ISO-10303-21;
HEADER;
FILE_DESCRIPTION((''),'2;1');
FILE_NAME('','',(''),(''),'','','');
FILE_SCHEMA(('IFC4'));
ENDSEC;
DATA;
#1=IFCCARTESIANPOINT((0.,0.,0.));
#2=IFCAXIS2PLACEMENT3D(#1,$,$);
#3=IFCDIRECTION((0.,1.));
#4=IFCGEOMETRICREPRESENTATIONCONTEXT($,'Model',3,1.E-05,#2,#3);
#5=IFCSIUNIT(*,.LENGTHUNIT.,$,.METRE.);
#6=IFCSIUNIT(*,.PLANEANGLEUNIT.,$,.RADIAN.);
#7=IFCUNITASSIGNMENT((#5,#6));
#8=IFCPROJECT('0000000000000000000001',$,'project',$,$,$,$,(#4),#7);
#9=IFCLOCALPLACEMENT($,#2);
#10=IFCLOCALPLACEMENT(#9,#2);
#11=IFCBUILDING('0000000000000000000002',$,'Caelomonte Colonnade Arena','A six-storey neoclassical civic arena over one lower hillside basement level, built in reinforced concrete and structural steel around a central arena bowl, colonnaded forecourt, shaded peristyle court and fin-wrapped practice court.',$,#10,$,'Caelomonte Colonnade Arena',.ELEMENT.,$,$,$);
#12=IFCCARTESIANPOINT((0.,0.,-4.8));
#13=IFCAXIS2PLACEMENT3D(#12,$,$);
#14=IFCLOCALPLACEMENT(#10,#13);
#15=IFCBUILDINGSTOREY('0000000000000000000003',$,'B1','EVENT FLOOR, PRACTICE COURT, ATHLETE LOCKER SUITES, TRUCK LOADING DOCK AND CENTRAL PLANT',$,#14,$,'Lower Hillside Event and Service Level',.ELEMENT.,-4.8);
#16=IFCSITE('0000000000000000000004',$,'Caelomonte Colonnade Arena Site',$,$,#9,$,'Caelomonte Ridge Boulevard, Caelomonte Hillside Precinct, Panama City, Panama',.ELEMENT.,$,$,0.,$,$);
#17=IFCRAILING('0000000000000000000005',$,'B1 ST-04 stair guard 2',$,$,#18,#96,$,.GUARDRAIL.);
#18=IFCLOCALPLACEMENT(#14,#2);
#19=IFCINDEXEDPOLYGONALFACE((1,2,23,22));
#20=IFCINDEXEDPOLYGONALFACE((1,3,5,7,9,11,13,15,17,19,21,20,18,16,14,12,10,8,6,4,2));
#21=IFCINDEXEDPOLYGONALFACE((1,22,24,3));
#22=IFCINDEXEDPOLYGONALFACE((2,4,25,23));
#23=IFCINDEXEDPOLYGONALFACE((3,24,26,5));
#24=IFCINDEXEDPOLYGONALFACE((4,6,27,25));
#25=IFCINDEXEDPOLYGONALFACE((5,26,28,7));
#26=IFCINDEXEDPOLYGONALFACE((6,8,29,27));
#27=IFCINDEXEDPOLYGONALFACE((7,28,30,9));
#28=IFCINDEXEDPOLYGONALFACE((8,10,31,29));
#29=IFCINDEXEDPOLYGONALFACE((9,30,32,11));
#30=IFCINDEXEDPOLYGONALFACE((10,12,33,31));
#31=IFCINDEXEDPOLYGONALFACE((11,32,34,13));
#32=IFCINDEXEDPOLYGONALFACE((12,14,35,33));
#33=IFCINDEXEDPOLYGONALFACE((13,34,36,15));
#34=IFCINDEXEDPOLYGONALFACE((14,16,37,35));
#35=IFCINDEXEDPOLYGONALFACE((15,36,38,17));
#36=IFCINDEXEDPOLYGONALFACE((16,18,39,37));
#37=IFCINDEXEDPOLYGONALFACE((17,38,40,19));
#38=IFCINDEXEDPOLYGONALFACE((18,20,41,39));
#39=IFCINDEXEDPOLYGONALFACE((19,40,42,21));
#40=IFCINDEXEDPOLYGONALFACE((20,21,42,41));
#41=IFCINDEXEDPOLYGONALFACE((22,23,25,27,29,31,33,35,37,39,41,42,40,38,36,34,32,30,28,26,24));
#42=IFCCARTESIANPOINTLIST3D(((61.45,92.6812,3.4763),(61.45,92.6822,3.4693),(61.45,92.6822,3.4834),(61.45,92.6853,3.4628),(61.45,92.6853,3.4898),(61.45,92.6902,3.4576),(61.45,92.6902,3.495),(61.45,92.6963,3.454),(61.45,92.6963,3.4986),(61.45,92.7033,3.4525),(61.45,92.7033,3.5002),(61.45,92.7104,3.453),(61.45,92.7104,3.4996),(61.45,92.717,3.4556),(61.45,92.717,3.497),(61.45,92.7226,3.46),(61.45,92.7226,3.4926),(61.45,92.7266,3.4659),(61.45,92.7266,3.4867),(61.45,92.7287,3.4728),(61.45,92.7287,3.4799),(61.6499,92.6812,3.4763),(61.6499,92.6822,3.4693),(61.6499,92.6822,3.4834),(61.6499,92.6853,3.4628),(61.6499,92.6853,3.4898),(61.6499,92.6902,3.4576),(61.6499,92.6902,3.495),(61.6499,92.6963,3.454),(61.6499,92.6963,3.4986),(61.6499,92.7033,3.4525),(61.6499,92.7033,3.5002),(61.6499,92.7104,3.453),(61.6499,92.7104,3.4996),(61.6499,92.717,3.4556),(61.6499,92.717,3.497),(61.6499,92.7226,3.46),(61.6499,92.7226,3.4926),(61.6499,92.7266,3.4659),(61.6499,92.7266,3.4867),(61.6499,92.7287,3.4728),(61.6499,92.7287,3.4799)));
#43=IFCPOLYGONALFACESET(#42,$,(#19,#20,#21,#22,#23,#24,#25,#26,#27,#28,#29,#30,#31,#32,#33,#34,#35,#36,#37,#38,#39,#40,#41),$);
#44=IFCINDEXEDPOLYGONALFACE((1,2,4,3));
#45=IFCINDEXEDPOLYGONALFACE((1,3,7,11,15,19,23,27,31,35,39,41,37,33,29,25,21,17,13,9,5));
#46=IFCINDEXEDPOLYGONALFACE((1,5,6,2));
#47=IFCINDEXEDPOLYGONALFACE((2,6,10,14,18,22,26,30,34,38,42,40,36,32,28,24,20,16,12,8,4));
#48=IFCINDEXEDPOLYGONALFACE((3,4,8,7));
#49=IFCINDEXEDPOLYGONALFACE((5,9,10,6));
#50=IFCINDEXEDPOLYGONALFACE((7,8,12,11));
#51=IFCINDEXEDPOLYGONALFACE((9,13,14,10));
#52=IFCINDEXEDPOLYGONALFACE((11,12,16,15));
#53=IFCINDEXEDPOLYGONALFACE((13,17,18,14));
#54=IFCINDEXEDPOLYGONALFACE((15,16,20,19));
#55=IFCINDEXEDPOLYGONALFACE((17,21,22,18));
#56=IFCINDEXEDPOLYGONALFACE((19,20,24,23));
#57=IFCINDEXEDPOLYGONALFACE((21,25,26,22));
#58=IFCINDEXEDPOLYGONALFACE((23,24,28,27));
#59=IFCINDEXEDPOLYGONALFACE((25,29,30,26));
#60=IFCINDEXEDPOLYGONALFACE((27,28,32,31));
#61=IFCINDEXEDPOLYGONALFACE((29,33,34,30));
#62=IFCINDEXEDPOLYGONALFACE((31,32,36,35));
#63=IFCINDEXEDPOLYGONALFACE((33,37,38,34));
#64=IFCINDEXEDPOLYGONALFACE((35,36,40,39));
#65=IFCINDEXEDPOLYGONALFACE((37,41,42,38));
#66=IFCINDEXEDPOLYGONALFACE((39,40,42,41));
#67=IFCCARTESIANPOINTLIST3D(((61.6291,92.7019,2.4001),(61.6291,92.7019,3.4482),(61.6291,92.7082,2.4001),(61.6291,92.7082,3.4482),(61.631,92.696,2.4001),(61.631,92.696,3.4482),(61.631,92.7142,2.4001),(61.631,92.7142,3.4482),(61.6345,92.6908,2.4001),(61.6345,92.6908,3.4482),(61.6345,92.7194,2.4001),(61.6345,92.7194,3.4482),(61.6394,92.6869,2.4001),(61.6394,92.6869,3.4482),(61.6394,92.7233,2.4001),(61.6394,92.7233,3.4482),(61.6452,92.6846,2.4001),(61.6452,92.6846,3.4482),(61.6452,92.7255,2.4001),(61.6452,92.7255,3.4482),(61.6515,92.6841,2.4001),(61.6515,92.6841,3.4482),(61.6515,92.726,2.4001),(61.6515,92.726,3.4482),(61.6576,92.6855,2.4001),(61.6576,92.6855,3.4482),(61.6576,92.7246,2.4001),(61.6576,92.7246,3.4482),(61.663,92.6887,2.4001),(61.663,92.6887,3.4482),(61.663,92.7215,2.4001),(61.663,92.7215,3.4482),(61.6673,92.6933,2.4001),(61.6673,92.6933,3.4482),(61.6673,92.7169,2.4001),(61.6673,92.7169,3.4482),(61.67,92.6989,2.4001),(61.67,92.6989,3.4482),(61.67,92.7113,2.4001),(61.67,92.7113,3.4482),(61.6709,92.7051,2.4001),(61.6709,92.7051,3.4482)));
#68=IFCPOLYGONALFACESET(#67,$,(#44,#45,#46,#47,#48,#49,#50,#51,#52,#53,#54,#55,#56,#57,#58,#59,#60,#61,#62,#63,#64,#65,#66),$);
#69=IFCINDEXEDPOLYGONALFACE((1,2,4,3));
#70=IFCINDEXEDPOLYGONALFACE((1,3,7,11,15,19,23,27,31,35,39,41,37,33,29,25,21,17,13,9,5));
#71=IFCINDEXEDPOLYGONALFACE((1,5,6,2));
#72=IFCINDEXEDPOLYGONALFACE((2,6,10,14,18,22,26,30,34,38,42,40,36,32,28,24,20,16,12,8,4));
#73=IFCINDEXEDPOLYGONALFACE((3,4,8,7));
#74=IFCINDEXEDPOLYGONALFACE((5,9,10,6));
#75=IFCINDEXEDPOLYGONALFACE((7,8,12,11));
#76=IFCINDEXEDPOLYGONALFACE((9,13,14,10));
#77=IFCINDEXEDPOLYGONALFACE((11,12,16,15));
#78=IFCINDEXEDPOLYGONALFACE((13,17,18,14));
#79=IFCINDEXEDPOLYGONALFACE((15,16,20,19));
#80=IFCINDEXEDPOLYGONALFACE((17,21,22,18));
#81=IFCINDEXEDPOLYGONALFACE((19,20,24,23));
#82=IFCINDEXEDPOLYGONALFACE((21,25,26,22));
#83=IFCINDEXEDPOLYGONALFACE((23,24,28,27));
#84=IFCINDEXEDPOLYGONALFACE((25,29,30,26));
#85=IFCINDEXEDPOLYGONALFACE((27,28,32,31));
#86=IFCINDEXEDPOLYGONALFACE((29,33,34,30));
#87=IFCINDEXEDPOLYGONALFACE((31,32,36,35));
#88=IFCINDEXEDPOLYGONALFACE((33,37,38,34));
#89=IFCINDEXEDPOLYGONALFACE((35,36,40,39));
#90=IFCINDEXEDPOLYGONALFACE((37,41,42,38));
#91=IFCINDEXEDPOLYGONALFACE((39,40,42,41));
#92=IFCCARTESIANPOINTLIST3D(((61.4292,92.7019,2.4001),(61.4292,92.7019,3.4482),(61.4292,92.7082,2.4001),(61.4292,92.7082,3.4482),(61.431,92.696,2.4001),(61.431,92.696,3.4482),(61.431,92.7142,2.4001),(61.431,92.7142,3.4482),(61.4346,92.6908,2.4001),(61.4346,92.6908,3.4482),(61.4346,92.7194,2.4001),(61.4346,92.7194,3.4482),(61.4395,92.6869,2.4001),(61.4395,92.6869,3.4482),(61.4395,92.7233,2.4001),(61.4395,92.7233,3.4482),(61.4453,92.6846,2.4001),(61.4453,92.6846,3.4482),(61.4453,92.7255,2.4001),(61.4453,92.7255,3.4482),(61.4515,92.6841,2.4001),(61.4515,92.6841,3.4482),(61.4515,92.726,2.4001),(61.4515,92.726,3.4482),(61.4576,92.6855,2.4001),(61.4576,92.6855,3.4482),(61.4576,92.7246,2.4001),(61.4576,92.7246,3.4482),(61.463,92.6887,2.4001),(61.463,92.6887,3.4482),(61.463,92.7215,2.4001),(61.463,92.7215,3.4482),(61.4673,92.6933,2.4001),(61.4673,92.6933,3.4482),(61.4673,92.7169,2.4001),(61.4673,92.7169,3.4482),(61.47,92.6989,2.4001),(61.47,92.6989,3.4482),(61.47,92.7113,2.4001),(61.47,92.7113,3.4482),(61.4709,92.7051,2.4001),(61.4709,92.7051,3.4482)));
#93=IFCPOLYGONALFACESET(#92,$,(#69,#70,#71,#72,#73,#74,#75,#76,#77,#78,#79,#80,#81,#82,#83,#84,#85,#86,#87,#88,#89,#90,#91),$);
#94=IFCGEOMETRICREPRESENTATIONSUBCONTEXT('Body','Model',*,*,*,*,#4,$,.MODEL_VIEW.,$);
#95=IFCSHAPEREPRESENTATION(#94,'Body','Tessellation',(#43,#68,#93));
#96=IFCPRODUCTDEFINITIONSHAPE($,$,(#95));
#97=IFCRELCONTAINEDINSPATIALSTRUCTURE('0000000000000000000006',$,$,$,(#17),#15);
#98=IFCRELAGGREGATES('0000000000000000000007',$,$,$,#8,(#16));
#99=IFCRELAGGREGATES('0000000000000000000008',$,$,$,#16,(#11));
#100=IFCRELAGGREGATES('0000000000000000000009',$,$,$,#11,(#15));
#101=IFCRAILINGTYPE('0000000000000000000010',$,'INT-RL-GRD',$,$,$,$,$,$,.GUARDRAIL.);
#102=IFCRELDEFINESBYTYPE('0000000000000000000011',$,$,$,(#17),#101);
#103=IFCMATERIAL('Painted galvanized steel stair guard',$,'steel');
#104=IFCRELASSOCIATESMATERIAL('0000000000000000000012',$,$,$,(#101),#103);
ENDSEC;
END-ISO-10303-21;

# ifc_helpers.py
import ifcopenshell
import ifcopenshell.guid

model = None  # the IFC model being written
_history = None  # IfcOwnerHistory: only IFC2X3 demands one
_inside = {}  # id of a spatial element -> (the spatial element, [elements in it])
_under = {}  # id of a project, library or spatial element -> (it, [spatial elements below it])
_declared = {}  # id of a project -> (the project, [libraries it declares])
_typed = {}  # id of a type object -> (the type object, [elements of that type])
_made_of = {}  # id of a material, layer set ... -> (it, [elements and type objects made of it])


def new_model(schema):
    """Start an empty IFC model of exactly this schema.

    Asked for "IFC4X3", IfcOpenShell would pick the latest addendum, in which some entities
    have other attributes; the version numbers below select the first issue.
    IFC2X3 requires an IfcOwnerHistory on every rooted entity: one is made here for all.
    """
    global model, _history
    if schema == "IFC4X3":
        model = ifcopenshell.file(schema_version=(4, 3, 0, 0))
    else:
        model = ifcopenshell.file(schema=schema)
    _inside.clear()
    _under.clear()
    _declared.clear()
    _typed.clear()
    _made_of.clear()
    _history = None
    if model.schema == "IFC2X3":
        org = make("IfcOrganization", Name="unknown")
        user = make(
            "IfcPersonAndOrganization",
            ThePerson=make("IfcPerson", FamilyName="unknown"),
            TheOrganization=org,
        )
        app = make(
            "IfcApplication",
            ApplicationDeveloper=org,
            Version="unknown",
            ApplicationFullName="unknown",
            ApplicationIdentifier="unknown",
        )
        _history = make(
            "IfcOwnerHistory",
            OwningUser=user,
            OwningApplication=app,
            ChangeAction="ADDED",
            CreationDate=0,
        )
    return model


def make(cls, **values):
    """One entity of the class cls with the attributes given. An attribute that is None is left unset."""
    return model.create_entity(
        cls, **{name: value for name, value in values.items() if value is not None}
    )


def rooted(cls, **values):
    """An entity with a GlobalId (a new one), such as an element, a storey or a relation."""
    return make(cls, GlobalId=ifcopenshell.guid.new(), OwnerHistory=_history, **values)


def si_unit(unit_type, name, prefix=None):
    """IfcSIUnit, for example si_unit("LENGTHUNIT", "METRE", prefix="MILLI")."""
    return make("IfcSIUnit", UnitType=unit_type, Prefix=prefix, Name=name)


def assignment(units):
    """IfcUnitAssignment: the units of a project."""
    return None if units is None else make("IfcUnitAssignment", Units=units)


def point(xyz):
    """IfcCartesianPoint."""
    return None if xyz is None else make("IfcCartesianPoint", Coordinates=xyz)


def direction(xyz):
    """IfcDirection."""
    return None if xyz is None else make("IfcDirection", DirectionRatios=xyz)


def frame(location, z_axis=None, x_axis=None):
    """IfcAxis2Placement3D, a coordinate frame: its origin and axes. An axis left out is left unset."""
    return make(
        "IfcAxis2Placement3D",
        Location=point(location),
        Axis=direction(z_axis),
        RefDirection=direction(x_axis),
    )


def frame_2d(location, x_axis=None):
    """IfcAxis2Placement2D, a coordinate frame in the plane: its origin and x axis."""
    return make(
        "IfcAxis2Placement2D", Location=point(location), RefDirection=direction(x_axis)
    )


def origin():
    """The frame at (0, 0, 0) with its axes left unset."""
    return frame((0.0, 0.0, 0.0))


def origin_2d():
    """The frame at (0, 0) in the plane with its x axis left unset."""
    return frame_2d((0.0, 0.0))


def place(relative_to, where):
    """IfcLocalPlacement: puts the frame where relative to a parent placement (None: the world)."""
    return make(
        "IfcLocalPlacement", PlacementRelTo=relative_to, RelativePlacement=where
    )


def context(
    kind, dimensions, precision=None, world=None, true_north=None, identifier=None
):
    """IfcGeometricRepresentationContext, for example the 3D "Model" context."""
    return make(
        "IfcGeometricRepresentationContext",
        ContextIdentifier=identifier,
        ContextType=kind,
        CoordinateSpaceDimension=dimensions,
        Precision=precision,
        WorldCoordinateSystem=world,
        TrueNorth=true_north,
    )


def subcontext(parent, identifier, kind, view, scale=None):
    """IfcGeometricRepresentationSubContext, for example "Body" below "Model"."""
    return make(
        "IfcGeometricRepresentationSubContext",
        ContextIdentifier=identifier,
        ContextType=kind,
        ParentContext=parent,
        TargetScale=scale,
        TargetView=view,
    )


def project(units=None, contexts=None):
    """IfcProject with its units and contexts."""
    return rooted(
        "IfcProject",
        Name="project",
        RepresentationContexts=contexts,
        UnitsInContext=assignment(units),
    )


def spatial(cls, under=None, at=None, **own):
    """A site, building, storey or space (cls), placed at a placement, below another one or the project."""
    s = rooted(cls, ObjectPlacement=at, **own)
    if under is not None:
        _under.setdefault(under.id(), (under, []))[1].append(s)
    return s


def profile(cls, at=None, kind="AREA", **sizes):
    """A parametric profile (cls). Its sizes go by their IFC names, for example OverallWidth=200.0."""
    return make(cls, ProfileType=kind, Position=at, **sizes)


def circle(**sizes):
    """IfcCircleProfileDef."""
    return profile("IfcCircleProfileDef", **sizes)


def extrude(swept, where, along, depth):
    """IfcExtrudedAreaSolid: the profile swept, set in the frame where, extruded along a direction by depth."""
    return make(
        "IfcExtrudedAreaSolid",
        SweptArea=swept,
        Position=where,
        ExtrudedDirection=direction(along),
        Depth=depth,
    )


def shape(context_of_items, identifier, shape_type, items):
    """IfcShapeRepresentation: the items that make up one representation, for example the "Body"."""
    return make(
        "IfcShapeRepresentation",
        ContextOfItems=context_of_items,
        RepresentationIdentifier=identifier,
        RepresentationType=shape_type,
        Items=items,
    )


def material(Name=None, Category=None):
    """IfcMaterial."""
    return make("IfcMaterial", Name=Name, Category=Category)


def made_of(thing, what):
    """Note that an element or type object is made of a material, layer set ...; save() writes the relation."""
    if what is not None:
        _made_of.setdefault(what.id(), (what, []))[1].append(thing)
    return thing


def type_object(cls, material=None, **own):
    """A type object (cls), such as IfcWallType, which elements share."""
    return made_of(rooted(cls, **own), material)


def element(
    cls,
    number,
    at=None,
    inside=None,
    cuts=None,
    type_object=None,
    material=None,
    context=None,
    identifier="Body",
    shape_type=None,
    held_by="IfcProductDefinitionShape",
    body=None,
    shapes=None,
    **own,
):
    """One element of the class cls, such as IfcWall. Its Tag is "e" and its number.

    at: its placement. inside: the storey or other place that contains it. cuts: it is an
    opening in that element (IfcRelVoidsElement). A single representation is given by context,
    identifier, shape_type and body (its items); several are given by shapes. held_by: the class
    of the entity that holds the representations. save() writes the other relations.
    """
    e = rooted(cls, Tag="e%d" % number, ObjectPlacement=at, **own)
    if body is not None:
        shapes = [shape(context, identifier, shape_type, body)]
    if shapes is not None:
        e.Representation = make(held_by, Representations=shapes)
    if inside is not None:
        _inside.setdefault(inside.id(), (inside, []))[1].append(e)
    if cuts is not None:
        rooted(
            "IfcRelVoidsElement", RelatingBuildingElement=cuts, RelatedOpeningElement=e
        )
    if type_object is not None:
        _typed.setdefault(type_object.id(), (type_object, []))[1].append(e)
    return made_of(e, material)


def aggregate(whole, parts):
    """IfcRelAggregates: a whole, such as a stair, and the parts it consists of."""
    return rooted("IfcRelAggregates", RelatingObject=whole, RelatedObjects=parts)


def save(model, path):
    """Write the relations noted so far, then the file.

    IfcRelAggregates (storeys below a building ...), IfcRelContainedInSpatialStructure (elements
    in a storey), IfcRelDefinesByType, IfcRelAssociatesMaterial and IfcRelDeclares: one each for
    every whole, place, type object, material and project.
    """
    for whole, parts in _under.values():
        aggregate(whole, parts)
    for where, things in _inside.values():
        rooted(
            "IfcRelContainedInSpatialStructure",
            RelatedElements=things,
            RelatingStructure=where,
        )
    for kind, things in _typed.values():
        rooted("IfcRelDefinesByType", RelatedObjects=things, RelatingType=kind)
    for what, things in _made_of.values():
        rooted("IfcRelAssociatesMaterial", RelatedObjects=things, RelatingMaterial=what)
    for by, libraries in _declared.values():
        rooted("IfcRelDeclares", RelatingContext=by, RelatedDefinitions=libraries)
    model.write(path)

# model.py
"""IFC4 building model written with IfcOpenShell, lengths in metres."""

from ifc_helpers import new_model, si_unit, direction, frame, origin, origin_2d, place, context, subcontext, project, spatial, circle, extrude, material, type_object, element, save


model = new_model("IFC4")

# Units and contexts
model_context = context("Model", 3, precision=1e-05, world=origin(), true_north=direction((0.0, 1.0)))
body_context = subcontext(model_context, "Body", "Model", "MODEL_VIEW")
ifc_project = project(units=[si_unit("LENGTHUNIT", "METRE"), si_unit("PLANEANGLEUNIT", "RADIAN")], contexts=[model_context])

# Site, building, storey
site_placement = place(None, origin())
site = spatial("IfcSite", under=ifc_project, at=site_placement, Name="Caelomonte Colonnade Arena Site", LongName="Caelomonte Ridge Boulevard, Caelomonte Hillside Precinct, Panama City, Panama", CompositionType="ELEMENT", RefElevation=0.0)
building_placement = place(site_placement, origin())
building = spatial("IfcBuilding", under=site, at=building_placement, Name="Caelomonte Colonnade Arena", Description="A six-storey neoclassical civic arena over one lower hillside basement level, built in reinforced concrete and structural steel around a central arena bowl, colonnaded forecourt, shaded peristyle court and fin-wrapped practice court.", LongName="Caelomonte Colonnade Arena", CompositionType="ELEMENT")
storey_placement = place(building_placement, frame((0.0, 0.0, -4.8)))
storey = spatial("IfcBuildingStorey", under=building, at=storey_placement, Name="B1", Description="EVENT FLOOR, PRACTICE COURT, ATHLETE LOCKER SUITES, TRUCK LOADING DOCK AND CENTRAL PLANT", LongName="Lower Hillside Event and Service Level", CompositionType="ELEMENT", Elevation=-4.8)

# Railing
ifc_material_1 = material(Name="Painted galvanized steel stair guard", Category="steel")
railing_type_1 = type_object("IfcRailingType", Name="INT-RL-GRD", PredefinedType="GUARDRAIL", material=ifc_material_1)
railing_1_placement = place(storey_placement, frame((61.6499, 92.7051, 2.4001)))
element("IfcRailing", 1, at=railing_1_placement, inside=storey, type_object=railing_type_1, Name="B1 ST-04 stair guard 2", PredefinedType="GUARDRAIL", context=body_context, shape_type="SweptSolid", body=[
    extrude(circle(Radius=0.0239, at=origin_2d()), frame((0.0, 0.0, 1.0762), z_axis=(-1.0, 0.0, 0.0), x_axis=(0.0, -1.0, 0.0)), (0.0, 0.0, 1.0), 0.2),
    extrude(circle(Radius=0.021, at=origin_2d()), origin(), (0.0, 0.0, 1.0), 1.0481),
    extrude(circle(Radius=0.021, at=origin_2d()), frame((-0.2, 0.0, 0.0)), (0.0, 0.0, 1.0), 1.0481),
])

save(model, "model.ifc")
